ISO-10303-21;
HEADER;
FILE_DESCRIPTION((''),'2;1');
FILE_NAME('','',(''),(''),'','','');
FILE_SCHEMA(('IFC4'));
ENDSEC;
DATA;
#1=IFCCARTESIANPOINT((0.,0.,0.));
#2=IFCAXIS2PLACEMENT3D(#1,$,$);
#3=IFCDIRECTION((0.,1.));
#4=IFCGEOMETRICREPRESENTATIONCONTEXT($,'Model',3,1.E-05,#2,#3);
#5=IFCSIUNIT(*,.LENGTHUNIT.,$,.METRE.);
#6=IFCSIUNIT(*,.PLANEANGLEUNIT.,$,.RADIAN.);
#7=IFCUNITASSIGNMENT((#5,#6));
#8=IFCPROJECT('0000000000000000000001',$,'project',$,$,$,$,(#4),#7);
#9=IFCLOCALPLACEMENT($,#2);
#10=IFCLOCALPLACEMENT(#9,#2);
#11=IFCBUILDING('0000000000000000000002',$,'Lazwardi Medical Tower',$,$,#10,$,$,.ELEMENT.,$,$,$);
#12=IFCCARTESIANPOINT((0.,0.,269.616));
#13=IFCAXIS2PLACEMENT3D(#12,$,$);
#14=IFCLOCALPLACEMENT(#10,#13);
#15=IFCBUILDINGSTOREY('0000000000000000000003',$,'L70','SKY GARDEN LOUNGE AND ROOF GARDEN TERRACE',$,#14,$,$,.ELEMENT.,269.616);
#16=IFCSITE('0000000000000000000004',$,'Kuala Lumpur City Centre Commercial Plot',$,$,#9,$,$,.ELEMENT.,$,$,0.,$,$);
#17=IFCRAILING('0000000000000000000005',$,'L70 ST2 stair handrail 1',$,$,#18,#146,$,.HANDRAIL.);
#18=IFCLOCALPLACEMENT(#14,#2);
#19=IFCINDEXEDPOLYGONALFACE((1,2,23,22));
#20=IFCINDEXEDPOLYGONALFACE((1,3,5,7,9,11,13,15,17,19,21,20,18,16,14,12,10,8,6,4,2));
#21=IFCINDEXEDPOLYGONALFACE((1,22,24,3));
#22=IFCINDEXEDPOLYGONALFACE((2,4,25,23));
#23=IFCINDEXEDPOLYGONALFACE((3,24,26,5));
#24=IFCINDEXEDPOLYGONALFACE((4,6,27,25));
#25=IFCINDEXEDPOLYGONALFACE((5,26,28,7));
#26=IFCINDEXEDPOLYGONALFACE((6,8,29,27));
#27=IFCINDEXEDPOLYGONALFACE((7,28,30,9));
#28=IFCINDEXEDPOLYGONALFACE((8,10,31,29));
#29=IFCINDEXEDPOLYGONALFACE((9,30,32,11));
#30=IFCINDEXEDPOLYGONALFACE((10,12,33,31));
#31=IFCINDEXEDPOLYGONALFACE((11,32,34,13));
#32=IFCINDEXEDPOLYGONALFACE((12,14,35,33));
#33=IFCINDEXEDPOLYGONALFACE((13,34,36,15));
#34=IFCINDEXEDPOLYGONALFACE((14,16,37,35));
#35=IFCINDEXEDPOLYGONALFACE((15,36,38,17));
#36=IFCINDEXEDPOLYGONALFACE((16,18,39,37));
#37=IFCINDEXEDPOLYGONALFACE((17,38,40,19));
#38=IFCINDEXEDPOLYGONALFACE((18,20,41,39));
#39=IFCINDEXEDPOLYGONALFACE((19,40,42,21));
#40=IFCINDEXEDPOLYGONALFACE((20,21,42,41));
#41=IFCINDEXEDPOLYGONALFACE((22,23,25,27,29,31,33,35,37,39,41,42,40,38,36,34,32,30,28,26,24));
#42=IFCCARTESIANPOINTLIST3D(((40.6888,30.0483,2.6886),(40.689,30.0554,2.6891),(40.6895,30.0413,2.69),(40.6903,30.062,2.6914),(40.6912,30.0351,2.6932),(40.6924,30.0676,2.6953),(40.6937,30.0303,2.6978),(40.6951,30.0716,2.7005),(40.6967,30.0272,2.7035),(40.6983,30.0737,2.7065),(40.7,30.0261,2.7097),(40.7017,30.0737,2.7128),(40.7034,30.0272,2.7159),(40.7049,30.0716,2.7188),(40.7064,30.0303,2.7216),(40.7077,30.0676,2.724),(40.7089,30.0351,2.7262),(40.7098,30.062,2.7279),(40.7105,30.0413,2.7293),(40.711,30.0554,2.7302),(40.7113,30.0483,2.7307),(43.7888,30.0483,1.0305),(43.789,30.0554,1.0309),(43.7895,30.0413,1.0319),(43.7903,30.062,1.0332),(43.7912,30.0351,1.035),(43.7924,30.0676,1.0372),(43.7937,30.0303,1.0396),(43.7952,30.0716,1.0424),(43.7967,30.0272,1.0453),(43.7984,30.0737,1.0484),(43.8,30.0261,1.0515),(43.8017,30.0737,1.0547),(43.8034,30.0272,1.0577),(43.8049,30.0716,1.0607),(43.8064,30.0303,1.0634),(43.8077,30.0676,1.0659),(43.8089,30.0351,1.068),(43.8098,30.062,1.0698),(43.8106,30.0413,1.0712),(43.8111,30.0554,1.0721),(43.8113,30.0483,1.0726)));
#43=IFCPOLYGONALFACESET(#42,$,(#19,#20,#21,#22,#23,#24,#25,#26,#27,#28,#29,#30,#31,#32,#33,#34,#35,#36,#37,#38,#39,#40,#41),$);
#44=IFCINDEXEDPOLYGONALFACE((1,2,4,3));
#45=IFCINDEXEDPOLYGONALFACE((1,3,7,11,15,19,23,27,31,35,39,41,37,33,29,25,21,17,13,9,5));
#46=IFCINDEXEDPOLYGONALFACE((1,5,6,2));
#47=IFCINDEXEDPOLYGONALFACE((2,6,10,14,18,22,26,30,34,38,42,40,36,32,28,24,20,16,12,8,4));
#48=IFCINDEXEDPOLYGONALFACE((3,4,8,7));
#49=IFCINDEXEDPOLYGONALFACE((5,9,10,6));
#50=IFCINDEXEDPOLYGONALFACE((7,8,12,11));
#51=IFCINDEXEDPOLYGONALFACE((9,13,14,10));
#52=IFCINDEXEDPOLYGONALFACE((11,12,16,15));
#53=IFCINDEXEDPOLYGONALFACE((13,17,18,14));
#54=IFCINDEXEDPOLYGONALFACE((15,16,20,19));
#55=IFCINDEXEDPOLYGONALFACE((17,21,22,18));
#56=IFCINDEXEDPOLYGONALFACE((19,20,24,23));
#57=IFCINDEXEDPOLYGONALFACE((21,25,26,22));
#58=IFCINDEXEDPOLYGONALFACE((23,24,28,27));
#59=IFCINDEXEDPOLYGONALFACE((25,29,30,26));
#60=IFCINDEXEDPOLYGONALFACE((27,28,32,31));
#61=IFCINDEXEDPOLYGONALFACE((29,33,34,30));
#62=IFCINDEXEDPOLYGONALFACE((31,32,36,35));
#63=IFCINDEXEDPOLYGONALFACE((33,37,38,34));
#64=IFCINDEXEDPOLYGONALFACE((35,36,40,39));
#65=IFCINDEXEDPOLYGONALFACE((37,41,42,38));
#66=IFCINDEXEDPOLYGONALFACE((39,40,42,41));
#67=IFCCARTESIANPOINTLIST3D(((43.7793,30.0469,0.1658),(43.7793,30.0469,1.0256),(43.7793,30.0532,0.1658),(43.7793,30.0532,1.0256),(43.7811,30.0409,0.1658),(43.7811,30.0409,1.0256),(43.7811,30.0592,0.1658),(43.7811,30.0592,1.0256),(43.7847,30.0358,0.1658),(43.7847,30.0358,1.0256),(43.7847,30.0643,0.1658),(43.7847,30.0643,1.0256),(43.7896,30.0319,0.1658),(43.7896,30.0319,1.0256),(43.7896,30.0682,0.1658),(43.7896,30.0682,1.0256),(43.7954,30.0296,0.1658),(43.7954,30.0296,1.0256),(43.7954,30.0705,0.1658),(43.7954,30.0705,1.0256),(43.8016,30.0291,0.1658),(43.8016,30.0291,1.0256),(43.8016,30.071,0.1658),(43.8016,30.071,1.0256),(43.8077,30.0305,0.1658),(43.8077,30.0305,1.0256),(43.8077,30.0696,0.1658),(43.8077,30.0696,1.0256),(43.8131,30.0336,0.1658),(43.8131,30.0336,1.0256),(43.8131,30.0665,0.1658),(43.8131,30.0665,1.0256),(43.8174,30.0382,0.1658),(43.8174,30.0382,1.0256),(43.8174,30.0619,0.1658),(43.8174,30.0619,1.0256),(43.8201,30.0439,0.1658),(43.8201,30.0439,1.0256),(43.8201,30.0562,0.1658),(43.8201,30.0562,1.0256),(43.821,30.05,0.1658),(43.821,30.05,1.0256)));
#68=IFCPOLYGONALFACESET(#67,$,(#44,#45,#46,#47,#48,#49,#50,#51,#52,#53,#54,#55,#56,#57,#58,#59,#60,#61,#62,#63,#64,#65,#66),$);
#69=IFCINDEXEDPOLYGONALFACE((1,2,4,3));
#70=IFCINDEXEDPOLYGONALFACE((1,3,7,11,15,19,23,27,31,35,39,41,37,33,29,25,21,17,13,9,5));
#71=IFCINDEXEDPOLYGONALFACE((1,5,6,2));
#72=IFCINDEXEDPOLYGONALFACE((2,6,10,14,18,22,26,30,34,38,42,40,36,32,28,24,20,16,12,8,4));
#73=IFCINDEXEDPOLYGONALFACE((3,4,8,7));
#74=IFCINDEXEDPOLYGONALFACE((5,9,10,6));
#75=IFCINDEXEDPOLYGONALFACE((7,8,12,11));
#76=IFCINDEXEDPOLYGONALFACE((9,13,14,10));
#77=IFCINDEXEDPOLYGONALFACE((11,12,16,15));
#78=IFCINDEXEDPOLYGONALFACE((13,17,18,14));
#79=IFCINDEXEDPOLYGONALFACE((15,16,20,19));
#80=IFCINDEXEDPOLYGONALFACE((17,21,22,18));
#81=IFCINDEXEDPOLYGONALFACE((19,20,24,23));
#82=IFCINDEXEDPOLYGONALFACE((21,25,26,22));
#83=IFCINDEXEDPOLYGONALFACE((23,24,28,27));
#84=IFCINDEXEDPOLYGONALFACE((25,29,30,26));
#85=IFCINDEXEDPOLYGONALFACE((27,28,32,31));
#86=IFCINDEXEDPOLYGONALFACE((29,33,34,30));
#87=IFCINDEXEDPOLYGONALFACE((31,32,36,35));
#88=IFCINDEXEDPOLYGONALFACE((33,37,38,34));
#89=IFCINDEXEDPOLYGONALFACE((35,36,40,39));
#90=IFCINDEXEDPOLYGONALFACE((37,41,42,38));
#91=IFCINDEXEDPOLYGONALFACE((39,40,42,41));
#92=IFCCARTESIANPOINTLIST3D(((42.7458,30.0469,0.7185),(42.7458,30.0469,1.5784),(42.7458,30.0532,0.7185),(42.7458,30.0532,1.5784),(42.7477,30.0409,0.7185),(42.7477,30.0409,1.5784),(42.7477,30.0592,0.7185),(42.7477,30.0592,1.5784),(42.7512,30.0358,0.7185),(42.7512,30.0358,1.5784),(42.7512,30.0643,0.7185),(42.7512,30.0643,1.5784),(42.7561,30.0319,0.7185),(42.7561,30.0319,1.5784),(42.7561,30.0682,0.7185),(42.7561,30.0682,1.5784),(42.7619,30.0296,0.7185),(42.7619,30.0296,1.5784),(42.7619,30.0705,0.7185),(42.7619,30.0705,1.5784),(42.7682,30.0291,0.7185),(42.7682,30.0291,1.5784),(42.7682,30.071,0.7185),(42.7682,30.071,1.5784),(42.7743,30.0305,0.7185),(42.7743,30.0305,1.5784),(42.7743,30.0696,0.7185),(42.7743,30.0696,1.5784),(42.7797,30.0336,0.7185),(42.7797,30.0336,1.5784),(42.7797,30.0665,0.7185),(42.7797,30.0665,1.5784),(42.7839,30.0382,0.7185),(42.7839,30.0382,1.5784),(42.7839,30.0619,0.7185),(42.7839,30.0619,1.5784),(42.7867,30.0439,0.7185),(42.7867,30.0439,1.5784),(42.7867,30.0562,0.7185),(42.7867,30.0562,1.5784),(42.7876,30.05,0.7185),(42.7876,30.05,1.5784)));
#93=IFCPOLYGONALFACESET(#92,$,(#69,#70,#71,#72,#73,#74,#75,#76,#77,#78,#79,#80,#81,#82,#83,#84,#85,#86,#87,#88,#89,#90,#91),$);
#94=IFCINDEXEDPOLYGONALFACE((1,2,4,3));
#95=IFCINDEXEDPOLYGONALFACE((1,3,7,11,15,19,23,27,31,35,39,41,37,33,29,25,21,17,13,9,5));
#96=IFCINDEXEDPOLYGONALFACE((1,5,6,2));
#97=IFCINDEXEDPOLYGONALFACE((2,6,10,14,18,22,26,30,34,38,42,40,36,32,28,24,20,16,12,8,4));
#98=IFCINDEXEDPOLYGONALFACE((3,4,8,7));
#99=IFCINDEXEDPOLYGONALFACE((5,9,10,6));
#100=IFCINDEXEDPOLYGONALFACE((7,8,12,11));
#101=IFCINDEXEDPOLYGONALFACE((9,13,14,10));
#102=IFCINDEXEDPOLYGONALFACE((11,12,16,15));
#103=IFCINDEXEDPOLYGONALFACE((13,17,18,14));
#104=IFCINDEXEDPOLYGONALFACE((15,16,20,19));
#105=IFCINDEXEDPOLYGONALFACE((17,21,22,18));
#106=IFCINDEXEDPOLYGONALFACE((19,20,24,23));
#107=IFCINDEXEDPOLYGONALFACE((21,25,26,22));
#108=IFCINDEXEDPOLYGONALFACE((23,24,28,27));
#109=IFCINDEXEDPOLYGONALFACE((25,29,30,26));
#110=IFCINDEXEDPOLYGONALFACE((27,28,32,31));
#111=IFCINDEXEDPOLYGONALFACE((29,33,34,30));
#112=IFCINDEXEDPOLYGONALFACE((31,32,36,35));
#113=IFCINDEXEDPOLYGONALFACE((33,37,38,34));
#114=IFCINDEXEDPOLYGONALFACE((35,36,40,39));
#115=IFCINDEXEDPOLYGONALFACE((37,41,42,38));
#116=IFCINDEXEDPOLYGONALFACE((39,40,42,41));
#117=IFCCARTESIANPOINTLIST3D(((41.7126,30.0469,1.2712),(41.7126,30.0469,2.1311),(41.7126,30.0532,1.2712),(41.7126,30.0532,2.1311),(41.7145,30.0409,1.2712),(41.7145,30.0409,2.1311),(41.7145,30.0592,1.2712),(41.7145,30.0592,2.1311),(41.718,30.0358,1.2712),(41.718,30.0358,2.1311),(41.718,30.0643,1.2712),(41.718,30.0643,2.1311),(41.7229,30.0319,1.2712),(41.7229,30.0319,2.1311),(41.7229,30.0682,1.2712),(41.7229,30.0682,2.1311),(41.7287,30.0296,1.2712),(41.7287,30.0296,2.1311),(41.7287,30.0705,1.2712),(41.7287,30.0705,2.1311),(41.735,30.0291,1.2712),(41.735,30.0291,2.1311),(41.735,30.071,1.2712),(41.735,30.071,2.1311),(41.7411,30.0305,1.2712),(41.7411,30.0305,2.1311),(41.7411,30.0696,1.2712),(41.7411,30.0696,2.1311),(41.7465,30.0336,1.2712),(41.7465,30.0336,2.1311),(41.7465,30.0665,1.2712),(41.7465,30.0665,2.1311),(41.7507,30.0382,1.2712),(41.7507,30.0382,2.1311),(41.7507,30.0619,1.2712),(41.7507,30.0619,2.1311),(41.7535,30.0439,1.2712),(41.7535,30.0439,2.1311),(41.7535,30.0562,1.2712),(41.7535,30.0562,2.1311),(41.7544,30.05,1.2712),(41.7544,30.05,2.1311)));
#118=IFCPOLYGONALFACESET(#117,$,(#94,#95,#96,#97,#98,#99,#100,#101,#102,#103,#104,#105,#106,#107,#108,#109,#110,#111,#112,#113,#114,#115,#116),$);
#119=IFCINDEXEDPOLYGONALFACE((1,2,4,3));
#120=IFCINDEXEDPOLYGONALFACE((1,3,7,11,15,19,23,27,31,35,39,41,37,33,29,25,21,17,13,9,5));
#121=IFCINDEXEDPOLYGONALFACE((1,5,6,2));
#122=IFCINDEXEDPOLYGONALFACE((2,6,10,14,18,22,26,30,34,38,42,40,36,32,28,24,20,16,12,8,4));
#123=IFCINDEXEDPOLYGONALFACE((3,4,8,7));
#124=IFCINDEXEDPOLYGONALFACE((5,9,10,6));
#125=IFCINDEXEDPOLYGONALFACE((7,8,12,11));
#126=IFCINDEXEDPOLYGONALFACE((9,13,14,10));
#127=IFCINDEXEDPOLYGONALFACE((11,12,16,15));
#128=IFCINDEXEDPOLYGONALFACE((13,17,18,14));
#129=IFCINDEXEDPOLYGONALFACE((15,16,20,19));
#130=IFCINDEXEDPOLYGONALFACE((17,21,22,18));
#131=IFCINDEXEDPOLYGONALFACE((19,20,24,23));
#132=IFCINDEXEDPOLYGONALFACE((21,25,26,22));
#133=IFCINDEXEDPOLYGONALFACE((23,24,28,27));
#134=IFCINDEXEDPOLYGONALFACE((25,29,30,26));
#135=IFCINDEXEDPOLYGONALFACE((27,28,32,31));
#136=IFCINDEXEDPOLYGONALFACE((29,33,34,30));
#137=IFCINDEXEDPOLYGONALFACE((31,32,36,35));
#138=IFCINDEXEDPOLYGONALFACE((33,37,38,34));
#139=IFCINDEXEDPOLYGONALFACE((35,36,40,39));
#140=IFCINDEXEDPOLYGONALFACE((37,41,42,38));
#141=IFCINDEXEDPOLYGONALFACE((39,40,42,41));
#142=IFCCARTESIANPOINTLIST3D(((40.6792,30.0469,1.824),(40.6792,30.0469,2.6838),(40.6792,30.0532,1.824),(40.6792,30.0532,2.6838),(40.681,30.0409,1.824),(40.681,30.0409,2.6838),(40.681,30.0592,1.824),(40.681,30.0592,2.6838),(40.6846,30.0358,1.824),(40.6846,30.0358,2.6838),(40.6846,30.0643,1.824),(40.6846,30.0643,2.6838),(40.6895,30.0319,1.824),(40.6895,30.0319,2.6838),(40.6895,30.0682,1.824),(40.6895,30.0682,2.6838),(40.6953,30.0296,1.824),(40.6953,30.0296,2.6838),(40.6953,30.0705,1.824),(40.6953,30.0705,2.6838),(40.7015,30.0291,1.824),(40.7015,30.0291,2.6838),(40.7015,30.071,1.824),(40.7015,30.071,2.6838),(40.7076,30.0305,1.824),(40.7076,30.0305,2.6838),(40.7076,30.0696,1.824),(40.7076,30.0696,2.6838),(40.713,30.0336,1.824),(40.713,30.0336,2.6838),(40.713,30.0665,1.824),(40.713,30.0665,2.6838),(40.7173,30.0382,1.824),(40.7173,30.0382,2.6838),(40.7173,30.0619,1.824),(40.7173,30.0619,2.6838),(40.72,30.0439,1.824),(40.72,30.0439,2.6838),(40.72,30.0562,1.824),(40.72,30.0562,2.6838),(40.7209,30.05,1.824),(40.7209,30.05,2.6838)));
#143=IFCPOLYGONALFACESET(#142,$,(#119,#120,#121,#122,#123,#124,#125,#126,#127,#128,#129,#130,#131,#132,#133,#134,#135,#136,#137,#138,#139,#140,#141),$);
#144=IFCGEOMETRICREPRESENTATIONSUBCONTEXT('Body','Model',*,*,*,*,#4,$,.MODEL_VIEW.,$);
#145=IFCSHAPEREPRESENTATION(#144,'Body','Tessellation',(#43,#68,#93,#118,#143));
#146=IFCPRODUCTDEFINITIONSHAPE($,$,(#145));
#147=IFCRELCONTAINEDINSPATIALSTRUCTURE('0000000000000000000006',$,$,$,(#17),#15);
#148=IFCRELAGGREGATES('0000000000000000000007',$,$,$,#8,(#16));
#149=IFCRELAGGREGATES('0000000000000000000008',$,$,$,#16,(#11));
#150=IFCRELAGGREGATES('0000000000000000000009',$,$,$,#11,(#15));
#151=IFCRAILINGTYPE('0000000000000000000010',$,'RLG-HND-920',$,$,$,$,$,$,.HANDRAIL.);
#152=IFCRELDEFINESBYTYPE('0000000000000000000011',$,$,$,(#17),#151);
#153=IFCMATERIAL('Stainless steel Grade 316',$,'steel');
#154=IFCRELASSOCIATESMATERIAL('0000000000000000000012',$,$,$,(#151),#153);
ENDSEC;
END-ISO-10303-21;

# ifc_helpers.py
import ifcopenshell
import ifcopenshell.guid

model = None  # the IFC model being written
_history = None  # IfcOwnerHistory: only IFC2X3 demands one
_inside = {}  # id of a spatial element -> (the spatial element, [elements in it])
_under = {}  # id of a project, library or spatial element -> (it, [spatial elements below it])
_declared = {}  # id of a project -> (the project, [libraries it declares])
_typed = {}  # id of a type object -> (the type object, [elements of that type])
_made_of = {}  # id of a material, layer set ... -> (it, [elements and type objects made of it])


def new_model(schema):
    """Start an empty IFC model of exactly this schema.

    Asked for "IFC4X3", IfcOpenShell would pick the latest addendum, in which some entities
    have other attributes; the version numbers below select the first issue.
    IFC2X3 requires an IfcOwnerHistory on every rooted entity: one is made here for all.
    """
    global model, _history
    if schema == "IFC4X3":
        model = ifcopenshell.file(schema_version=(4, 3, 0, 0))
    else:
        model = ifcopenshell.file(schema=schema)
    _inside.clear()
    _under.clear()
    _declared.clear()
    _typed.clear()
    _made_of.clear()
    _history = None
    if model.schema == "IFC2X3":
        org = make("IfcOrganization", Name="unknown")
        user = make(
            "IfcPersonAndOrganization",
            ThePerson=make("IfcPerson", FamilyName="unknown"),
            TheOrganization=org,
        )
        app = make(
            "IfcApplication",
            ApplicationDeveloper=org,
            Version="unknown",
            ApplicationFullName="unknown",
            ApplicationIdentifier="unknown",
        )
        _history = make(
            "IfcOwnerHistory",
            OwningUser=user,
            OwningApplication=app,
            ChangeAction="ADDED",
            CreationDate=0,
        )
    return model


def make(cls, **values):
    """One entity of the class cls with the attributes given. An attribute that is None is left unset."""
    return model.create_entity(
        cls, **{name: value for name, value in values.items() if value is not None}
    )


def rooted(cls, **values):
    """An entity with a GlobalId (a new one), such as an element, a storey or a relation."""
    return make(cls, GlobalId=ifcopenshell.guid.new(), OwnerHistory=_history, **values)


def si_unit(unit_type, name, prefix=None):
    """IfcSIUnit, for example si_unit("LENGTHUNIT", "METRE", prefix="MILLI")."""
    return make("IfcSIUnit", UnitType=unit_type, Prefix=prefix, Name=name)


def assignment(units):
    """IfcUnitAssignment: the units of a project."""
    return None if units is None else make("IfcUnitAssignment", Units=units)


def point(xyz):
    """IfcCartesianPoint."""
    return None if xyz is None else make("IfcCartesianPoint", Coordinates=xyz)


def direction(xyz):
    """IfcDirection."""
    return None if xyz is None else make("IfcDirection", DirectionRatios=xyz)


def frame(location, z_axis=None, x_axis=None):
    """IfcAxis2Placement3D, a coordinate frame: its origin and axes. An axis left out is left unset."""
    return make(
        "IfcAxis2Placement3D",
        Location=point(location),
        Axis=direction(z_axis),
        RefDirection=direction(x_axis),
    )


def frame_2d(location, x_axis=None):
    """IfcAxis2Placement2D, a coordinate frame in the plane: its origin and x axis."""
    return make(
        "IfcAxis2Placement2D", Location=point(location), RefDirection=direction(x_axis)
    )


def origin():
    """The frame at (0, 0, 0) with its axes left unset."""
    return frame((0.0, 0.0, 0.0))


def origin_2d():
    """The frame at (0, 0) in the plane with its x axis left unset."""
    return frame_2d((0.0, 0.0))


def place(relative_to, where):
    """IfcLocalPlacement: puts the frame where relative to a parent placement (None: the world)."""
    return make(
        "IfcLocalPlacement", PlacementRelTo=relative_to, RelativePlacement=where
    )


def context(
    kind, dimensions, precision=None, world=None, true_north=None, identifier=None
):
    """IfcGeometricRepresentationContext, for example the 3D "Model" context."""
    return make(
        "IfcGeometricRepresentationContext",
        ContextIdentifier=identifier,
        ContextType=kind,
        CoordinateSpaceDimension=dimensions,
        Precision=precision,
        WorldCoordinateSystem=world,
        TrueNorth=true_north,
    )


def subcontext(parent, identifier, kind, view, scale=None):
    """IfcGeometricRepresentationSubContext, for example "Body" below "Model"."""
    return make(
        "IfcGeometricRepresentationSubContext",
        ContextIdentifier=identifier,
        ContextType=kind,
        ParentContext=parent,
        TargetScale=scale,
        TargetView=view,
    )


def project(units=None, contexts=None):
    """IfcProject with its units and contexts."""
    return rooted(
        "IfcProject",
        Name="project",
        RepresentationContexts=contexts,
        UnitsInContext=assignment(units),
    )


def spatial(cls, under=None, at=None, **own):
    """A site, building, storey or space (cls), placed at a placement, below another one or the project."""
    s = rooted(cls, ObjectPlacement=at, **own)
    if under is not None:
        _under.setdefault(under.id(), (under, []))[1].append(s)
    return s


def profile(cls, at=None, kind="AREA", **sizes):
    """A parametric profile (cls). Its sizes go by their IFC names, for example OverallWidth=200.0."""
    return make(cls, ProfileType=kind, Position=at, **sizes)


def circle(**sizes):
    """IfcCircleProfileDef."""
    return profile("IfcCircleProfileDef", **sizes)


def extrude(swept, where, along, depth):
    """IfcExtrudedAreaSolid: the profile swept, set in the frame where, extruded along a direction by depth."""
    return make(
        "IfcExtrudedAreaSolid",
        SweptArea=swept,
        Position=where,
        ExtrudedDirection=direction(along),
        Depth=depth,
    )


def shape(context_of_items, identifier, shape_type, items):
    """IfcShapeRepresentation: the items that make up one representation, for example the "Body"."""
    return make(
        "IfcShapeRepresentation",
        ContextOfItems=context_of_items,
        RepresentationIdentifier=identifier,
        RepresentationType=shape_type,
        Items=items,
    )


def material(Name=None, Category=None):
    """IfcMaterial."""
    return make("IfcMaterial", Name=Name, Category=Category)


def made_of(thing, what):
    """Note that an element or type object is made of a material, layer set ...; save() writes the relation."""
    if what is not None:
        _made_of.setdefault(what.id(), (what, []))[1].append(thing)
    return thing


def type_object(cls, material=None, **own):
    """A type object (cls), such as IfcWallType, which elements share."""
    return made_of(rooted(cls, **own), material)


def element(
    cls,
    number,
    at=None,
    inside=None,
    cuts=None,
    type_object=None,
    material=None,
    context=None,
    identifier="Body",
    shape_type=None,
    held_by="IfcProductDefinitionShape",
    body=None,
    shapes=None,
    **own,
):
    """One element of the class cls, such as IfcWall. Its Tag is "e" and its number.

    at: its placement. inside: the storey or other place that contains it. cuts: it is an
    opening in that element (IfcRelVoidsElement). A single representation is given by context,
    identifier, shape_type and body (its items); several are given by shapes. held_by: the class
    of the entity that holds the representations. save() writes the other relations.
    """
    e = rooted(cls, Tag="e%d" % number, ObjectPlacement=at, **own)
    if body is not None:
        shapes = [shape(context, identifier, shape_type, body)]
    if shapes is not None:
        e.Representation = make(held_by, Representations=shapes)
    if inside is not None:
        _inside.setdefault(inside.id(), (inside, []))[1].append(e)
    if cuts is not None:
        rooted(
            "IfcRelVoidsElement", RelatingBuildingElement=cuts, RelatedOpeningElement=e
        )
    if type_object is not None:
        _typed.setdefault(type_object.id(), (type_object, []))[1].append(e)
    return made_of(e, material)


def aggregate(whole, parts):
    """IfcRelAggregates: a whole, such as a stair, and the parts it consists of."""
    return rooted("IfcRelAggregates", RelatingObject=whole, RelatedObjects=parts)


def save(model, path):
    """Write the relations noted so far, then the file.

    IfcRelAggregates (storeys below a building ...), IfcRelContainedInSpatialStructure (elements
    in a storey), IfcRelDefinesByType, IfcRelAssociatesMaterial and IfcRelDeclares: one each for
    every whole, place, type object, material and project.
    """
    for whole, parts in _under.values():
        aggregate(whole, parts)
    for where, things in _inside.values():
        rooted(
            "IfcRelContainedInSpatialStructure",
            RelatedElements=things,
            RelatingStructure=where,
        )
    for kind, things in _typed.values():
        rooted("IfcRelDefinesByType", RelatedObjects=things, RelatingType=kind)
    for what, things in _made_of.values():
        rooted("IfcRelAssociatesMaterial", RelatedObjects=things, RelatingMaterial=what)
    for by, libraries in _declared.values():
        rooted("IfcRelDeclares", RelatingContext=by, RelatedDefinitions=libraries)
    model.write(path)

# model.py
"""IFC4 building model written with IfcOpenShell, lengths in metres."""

from ifc_helpers import new_model, si_unit, direction, frame, origin, origin_2d, place, context, subcontext, project, spatial, circle, extrude, material, type_object, element, save


model = new_model("IFC4")

# Units and contexts
model_context = context("Model", 3, precision=1e-05, world=origin(), true_north=direction((0.0, 1.0)))
body_context = subcontext(model_context, "Body", "Model", "MODEL_VIEW")
ifc_project = project(units=[si_unit("LENGTHUNIT", "METRE"), si_unit("PLANEANGLEUNIT", "RADIAN")], contexts=[model_context])

# Site, building, storey
site_placement = place(None, origin())
site = spatial("IfcSite", under=ifc_project, at=site_placement, Name="Kuala Lumpur City Centre Commercial Plot", CompositionType="ELEMENT", RefElevation=0.0)
building_placement = place(site_placement, origin())
building = spatial("IfcBuilding", under=site, at=building_placement, Name="Lazwardi Medical Tower", CompositionType="ELEMENT")
storey_placement = place(building_placement, frame((0.0, 0.0, 269.616)))
storey = spatial("IfcBuildingStorey", under=building, at=storey_placement, Name="L70", Description="SKY GARDEN LOUNGE AND ROOF GARDEN TERRACE", CompositionType="ELEMENT", Elevation=269.616)

# Railing
ifc_material_1 = material(Name="Stainless steel Grade 316", Category="steel")
railing_type = type_object("IfcRailingType", Name="RLG-HND-920", PredefinedType="HANDRAIL", material=ifc_material_1)
railing_1_placement = place(storey_placement, frame((43.8, 30.05, 0.1658)))
element("IfcRailing", 1, at=railing_1_placement, inside=storey, type_object=railing_type, Name="L70 ST2 stair handrail 1", PredefinedType="HANDRAIL", context=body_context, shape_type="SweptSolid", body=[
    extrude(circle(Radius=0.0239, at=origin_2d()), frame((0.0, 0.0, 0.8857), z_axis=(-0.881783, 0.0, 0.471655), x_axis=(0.0, -1.0, 0.0)), (0.0, 0.0, 1.0), 3.5156),
    extrude(circle(Radius=0.021, at=origin_2d()), origin(), (0.0, 0.0, 1.0), 0.8599),
    extrude(circle(Radius=0.021, at=origin_2d()), frame((-1.0334, 0.0, 0.5527)), (0.0, 0.0, 1.0), 0.8599),
    extrude(circle(Radius=0.021, at=origin_2d()), frame((-2.0667, 0.0, 1.1055)), (0.0, 0.0, 1.0), 0.8599),
    extrude(circle(Radius=0.021, at=origin_2d()), frame((-3.1001, 0.0, 1.6582)), (0.0, 0.0, 1.0), 0.8599),
])

save(model, "model.ifc")
